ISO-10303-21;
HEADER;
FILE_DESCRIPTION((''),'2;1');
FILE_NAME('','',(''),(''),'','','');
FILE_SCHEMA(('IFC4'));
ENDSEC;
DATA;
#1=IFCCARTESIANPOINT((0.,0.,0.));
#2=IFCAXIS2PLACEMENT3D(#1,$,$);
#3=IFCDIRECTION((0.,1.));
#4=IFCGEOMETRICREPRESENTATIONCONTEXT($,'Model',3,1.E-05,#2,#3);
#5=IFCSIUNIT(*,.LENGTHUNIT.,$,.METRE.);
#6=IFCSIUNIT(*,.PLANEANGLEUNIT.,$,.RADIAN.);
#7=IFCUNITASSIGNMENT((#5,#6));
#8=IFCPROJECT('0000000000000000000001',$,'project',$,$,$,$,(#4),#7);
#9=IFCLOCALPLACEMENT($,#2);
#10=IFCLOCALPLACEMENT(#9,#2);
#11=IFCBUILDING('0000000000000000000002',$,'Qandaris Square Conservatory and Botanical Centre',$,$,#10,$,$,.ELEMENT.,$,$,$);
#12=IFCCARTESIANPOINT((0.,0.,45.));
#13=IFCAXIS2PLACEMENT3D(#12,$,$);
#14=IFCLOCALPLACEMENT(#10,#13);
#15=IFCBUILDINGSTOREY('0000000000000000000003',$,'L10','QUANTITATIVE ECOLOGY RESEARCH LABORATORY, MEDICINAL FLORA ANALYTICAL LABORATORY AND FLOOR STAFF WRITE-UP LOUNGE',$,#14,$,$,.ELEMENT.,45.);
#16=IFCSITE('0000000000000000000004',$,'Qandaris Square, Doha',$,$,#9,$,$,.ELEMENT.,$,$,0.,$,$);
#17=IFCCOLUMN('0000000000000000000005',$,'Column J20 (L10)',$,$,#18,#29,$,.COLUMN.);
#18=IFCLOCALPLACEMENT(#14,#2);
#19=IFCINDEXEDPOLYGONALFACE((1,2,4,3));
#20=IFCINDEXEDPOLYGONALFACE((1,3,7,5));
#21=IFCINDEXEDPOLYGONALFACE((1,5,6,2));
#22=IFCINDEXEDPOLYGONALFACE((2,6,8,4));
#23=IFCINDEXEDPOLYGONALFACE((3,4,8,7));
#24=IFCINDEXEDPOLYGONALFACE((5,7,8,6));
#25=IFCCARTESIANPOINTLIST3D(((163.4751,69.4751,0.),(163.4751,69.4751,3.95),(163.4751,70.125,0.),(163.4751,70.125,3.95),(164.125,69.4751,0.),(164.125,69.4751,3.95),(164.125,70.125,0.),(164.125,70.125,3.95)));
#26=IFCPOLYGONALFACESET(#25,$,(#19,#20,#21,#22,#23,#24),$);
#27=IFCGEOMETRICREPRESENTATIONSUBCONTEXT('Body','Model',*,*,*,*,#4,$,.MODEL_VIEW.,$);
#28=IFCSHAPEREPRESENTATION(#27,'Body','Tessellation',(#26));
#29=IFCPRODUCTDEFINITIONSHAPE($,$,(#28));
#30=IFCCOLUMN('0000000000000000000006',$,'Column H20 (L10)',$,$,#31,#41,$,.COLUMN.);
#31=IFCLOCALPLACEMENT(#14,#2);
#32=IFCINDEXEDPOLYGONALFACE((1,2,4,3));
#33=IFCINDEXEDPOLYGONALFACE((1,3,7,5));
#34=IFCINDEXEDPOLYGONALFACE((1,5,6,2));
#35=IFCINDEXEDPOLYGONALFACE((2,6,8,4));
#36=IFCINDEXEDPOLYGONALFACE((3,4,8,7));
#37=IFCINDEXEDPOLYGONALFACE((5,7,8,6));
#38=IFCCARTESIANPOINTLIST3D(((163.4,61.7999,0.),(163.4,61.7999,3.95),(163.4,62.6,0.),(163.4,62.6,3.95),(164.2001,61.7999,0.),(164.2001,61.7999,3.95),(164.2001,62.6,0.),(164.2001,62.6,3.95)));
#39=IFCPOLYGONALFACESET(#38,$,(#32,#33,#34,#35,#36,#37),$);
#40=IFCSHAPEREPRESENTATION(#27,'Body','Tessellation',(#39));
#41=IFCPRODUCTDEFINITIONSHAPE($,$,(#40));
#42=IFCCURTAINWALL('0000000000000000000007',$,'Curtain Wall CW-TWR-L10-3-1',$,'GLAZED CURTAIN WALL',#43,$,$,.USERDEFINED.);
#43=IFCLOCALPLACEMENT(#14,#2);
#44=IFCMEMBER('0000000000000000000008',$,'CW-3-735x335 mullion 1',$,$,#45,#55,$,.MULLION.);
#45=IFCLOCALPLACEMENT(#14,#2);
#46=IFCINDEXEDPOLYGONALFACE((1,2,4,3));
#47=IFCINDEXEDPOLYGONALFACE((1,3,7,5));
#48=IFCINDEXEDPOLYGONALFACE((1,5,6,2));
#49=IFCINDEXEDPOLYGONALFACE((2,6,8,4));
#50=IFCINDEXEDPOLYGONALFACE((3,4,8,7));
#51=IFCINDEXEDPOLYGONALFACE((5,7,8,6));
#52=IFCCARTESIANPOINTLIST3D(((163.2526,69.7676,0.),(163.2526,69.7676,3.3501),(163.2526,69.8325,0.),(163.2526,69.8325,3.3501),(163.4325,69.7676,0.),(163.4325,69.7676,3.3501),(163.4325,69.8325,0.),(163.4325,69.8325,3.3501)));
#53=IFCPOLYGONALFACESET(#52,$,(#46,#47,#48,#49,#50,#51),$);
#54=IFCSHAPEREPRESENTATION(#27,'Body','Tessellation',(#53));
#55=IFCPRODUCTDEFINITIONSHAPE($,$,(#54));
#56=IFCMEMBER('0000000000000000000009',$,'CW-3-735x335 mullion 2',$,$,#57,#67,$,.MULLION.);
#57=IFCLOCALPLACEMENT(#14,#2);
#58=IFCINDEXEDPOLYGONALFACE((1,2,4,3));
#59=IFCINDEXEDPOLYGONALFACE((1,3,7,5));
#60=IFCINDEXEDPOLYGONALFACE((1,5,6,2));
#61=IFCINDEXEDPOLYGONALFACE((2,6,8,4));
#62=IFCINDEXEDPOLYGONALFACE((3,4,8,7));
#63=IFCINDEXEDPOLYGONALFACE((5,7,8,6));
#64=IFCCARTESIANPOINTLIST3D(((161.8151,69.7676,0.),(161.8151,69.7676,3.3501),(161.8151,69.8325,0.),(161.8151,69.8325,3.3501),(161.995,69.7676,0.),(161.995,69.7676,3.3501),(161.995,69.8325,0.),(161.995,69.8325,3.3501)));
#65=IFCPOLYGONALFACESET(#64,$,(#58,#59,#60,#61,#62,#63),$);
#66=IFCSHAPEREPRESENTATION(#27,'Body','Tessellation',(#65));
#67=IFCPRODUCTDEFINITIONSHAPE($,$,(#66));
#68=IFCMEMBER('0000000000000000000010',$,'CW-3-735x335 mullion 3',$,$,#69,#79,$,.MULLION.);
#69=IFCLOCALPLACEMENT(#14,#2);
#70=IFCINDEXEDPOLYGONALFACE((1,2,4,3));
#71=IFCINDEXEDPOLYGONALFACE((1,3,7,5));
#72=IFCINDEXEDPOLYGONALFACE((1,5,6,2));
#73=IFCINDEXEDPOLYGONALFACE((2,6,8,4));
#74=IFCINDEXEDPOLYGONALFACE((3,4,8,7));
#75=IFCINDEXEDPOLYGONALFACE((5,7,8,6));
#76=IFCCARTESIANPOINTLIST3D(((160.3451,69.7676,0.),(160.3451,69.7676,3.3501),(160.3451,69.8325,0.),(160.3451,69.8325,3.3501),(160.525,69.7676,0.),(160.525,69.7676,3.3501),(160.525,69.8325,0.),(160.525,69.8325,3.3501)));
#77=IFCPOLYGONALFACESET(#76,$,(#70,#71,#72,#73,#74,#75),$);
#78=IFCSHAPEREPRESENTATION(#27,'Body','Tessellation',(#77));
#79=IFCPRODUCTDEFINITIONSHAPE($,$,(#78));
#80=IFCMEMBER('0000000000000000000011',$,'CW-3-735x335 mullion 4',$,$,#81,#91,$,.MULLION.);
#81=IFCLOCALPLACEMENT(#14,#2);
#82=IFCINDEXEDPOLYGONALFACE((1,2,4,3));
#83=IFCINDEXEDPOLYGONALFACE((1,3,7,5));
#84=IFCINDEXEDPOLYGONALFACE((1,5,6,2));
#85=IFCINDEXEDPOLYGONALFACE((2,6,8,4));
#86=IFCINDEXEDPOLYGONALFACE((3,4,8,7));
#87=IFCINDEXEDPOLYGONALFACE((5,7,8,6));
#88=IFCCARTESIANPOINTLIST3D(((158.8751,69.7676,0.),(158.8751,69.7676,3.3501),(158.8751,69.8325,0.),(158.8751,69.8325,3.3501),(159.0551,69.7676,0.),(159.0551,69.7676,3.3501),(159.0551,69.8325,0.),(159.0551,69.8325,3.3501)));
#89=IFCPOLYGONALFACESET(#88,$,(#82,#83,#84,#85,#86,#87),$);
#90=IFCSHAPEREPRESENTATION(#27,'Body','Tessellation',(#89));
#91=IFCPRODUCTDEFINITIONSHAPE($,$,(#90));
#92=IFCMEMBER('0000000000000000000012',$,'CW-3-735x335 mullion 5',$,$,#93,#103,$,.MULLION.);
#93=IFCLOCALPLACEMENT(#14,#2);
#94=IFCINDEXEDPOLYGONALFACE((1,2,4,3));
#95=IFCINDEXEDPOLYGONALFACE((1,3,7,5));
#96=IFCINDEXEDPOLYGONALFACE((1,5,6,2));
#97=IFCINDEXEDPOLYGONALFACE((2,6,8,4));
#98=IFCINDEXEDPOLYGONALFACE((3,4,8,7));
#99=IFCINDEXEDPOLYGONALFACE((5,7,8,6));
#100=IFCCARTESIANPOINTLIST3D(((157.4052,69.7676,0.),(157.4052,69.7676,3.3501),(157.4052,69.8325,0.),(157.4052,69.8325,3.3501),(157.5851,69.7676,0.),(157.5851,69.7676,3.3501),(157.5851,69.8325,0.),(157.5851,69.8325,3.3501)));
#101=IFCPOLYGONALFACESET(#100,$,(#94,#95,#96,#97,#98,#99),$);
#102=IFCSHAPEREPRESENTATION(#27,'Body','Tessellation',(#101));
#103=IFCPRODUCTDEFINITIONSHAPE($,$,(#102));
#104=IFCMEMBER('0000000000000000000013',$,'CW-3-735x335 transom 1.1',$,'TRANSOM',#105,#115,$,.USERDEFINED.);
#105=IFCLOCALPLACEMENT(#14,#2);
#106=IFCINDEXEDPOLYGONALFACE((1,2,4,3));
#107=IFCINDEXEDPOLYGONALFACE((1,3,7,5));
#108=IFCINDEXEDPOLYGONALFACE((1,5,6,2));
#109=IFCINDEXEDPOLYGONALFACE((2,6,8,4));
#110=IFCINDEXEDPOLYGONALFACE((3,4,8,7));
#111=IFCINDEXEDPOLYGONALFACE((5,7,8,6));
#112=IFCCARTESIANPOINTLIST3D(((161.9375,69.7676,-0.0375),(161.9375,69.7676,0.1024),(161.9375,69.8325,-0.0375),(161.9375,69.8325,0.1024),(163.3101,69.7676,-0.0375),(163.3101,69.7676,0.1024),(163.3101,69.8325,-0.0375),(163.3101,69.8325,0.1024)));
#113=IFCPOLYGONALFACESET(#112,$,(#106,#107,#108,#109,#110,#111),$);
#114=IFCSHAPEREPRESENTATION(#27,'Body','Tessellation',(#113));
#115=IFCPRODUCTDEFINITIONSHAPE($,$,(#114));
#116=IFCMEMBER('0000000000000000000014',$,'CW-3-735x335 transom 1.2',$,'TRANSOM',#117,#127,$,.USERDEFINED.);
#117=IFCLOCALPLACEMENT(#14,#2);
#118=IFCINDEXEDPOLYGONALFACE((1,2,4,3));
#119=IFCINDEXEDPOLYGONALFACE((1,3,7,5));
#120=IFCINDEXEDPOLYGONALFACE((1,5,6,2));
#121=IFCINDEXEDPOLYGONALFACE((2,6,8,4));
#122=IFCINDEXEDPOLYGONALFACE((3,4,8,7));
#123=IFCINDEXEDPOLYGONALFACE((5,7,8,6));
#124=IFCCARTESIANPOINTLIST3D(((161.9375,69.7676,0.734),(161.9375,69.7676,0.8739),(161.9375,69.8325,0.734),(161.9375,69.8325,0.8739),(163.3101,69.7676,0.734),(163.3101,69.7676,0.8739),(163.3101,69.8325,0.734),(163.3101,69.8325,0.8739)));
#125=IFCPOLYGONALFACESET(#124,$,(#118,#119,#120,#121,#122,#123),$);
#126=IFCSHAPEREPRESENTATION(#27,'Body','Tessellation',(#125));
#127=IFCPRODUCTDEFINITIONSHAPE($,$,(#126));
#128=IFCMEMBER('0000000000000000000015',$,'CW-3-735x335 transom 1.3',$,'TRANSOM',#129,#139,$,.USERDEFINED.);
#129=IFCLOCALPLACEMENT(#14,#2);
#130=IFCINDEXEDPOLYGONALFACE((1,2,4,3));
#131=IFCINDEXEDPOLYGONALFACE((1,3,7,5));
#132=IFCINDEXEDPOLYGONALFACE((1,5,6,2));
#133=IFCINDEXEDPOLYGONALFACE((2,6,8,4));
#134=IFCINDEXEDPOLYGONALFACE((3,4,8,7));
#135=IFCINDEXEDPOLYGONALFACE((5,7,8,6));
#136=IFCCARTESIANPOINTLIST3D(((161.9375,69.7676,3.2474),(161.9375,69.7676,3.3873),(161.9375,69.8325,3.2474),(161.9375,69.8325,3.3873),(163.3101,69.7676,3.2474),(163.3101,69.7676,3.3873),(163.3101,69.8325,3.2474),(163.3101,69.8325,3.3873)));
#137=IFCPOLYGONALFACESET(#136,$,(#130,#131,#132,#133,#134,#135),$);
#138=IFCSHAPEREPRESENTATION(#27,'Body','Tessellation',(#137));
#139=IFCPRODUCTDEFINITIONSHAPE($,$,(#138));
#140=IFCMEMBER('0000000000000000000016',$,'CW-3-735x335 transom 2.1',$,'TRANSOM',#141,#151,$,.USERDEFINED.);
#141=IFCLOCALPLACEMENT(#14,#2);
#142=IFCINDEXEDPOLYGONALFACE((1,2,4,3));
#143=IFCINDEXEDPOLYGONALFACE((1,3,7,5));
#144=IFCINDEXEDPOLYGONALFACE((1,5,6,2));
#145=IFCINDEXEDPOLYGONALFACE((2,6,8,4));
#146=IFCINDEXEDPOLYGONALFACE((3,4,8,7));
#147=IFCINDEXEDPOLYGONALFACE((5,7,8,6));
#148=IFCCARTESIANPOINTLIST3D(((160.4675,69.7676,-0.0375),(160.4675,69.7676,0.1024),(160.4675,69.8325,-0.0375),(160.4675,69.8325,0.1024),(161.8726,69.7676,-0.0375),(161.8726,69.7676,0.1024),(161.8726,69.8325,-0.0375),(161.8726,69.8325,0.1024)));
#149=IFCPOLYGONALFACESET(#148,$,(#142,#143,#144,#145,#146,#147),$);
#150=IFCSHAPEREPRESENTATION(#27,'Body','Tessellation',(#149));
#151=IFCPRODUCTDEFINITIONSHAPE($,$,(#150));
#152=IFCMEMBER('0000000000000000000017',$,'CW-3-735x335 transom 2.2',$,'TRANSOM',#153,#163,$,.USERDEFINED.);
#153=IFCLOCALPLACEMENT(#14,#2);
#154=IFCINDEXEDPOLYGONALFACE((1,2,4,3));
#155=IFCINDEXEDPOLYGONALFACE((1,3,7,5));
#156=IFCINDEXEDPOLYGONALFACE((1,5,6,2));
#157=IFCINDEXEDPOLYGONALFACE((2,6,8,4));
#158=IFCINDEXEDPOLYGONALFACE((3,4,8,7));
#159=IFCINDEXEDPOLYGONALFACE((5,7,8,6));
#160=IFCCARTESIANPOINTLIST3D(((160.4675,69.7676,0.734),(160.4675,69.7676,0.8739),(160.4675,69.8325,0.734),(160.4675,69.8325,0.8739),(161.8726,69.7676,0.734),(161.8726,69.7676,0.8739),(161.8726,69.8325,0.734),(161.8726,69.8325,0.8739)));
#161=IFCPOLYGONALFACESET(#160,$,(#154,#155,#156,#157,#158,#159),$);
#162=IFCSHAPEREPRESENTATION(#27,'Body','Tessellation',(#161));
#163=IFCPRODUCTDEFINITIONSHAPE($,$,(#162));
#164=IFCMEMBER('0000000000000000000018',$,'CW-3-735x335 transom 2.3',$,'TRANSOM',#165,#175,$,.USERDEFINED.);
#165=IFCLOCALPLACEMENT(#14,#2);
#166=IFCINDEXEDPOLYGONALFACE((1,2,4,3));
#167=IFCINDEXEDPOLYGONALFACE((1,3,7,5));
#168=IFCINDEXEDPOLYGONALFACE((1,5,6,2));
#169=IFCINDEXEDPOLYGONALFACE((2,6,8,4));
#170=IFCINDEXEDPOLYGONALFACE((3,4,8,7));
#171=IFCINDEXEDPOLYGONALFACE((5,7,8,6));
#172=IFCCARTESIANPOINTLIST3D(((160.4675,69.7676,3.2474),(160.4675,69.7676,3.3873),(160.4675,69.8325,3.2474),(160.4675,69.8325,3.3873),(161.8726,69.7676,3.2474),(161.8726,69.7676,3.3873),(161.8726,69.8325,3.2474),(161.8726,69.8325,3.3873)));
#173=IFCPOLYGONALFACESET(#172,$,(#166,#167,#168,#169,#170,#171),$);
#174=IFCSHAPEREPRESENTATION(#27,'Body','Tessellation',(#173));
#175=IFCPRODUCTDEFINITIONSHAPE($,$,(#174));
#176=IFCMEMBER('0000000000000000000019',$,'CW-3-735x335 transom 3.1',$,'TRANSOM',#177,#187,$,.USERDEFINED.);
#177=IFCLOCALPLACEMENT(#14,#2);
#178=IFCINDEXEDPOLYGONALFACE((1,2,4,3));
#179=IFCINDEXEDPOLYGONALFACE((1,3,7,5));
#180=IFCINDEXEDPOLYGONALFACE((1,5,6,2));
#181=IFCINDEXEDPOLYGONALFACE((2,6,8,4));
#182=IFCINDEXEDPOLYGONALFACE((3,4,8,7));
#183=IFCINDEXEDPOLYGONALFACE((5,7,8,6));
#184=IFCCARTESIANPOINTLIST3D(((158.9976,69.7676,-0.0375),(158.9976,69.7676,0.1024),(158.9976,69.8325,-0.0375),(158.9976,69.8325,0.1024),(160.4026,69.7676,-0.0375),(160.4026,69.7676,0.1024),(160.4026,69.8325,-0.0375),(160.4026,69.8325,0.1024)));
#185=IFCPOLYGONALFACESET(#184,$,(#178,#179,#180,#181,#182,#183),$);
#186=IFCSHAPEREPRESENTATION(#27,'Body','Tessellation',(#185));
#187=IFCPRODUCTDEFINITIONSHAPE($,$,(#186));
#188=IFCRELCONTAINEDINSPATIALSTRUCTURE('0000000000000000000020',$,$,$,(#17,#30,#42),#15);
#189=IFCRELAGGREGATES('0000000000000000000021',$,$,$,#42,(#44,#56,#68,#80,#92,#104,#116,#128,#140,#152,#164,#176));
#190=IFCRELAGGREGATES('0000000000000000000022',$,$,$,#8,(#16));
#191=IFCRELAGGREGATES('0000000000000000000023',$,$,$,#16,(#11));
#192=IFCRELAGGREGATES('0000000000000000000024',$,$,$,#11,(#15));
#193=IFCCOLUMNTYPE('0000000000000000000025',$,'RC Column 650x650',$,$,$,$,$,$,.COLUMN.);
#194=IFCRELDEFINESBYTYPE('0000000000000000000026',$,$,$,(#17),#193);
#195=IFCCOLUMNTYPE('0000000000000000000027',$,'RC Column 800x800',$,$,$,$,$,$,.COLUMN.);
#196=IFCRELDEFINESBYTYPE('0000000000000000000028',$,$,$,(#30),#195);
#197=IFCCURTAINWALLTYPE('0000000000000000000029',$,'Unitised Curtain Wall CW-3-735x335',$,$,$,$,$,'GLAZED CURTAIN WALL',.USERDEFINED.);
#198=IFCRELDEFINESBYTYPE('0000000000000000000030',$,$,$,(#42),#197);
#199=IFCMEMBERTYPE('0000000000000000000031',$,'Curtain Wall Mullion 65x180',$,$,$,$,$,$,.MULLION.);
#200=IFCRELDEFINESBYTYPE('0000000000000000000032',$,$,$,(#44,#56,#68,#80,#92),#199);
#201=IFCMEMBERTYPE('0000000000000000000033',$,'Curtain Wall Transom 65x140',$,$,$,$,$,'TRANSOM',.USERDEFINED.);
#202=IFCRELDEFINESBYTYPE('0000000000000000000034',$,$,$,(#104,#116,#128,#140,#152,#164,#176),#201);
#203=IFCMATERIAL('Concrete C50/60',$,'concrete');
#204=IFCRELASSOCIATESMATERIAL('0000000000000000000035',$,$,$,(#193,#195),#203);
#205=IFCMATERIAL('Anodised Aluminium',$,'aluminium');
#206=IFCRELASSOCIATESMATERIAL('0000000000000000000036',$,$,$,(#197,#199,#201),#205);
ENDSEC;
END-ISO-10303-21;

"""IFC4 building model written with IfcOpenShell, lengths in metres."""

from ifc_helpers import new_model, si_unit, direction, frame, origin, origin_2d, place, context, subcontext, project, spatial, rectangle, extrude, material, material_profile, profile_set, type_object, element, aggregate, save


model = new_model("IFC4")

# Units and contexts
model_context = context("Model", 3, precision=1e-05, world=origin(), true_north=direction((0.0, 1.0)))
body_context = subcontext(model_context, "Body", "Model", "MODEL_VIEW")
ifc_project = project(units=[si_unit("LENGTHUNIT", "METRE"), si_unit("PLANEANGLEUNIT", "RADIAN")], contexts=[model_context])

# Site, building, storey
site_placement = place(None, origin())
site = spatial("IfcSite", under=ifc_project, at=site_placement, Name="Qandaris Square, Doha", CompositionType="ELEMENT", RefElevation=0.0)
building_placement = place(site_placement, origin())
building = spatial("IfcBuilding", under=site, at=building_placement, Name="Qandaris Square Conservatory and Botanical Centre", CompositionType="ELEMENT")
storey_placement = place(building_placement, frame((0.0, 0.0, 45.0)))
storey = spatial("IfcBuildingStorey", under=building, at=storey_placement, Name="L10", Description="QUANTITATIVE ECOLOGY RESEARCH LABORATORY, MEDICINAL FLORA ANALYTICAL LABORATORY AND FLOOR STAFF WRITE-UP LOUNGE", CompositionType="ELEMENT", Elevation=45.0)

# Columns
ifc_material_1 = material(Name="Concrete C50/60", Category="concrete")
ifc_material_profile_1 = material_profile(ifc_material_1, rectangle(XDim=0.6499, YDim=0.6499, at=origin_2d()), Name="RC-COL 650x650")
ifc_profile_set_1 = profile_set([ifc_material_profile_1], Name="Concrete C50/60")
column_type_1 = type_object("IfcColumnType", Name="RC Column 650x650", PredefinedType="COLUMN", material=ifc_profile_set_1)
column_1_placement = place(storey_placement, frame((163.8, 69.8, 0.0), z_axis=(0.0, 0.0, 1.0), x_axis=(1.0, 0.0, 0.0)))
element("IfcColumn", 1, at=column_1_placement, inside=storey, type_object=column_type_1, Name="Column J20 (L10)", PredefinedType="COLUMN", context=body_context, shape_type="SweptSolid", body=[
    extrude(rectangle(XDim=0.6499, YDim=0.6499, at=origin_2d()), origin(), (0.0, 0.0, 1.0), 3.95),
])
ifc_material_profile_2 = material_profile(ifc_material_1, rectangle(XDim=0.8, YDim=0.8, at=origin_2d()), Name="RC-COL 800x800")
ifc_profile_set_2 = profile_set([ifc_material_profile_2], Name="Concrete C50/60")
column_type_2 = type_object("IfcColumnType", Name="RC Column 800x800", PredefinedType="COLUMN", material=ifc_profile_set_2)
column_2_placement = place(storey_placement, frame((163.8, 62.2, 0.0), z_axis=(0.0, 0.0, 1.0), x_axis=(1.0, 0.0, 0.0)))
element("IfcColumn", 2, at=column_2_placement, inside=storey, type_object=column_type_2, Name="Column H20 (L10)", PredefinedType="COLUMN", context=body_context, shape_type="SweptSolid", body=[
    extrude(rectangle(XDim=0.8, YDim=0.8, at=origin_2d()), origin(), (0.0, 0.0, 1.0), 3.95),
])

# Curtain wall, members
ifc_material_2 = material(Name="Anodised Aluminium", Category="aluminium")
curtain_wall_type = type_object("IfcCurtainWallType", Name="Unitised Curtain Wall CW-3-735x335", ElementType="GLAZED CURTAIN WALL", PredefinedType="USERDEFINED", material=ifc_material_2)
curtain_wall_placement = place(storey_placement, origin())
curtain_wall = element("IfcCurtainWall", 3, at=curtain_wall_placement, inside=storey, type_object=curtain_wall_type, Name="Curtain Wall CW-TWR-L10-3-1", ObjectType="GLAZED CURTAIN WALL", PredefinedType="USERDEFINED")
ifc_material_profile_3 = material_profile(ifc_material_2, rectangle(XDim=0.0649, YDim=0.1799, at=origin_2d()), Name="ALU-MUL 65x180")
ifc_profile_set_3 = profile_set([ifc_material_profile_3], Name="Anodised Aluminium")
member_type_1 = type_object("IfcMemberType", Name="Curtain Wall Mullion 65x180", PredefinedType="MULLION", material=ifc_profile_set_3)
member_1_placement = place(storey_placement, frame((163.3425, 69.8, 0.0), z_axis=(0.0, 0.0, 1.0), x_axis=(0.0, -1.0, 0.0)))
member_1 = element("IfcMember", 4, at=member_1_placement, type_object=member_type_1, Name="CW-3-735x335 mullion 1", PredefinedType="MULLION", context=body_context, shape_type="SweptSolid", body=[
    extrude(rectangle(XDim=0.0649, YDim=0.1799, at=origin_2d()), origin(), (0.0, 0.0, 1.0), 3.3501),
])
member_2_placement = place(storey_placement, frame((161.905, 69.8, 0.0), z_axis=(0.0, 0.0, 1.0), x_axis=(0.0, -1.0, 0.0)))
member_2 = element("IfcMember", 5, at=member_2_placement, type_object=member_type_1, Name="CW-3-735x335 mullion 2", PredefinedType="MULLION", context=body_context, shape_type="SweptSolid", body=[
    extrude(rectangle(XDim=0.0649, YDim=0.1799, at=origin_2d()), origin(), (0.0, 0.0, 1.0), 3.3501),
])
member_3_placement = place(storey_placement, frame((160.4351, 69.8, 0.0), z_axis=(0.0, 0.0, 1.0), x_axis=(0.0, -1.0, 0.0)))
member_3 = element("IfcMember", 6, at=member_3_placement, type_object=member_type_1, Name="CW-3-735x335 mullion 3", PredefinedType="MULLION", context=body_context, shape_type="SweptSolid", body=[
    extrude(rectangle(XDim=0.0649, YDim=0.1799, at=origin_2d()), origin(), (0.0, 0.0, 1.0), 3.3501),
])
member_4_placement = place(storey_placement, frame((158.9651, 69.8, 0.0), z_axis=(0.0, 0.0, 1.0), x_axis=(0.0, -1.0, 0.0)))
member_4 = element("IfcMember", 7, at=member_4_placement, type_object=member_type_1, Name="CW-3-735x335 mullion 4", PredefinedType="MULLION", context=body_context, shape_type="SweptSolid", body=[
    extrude(rectangle(XDim=0.0649, YDim=0.1799, at=origin_2d()), origin(), (0.0, 0.0, 1.0), 3.3501),
])
member_5_placement = place(storey_placement, frame((157.4951, 69.8, 0.0), z_axis=(0.0, 0.0, 1.0), x_axis=(0.0, -1.0, 0.0)))
member_5 = element("IfcMember", 8, at=member_5_placement, type_object=member_type_1, Name="CW-3-735x335 mullion 5", PredefinedType="MULLION", context=body_context, shape_type="SweptSolid", body=[
    extrude(rectangle(XDim=0.0649, YDim=0.1799, at=origin_2d()), origin(), (0.0, 0.0, 1.0), 3.3501),
])
ifc_material_profile_4 = material_profile(ifc_material_2, rectangle(XDim=0.0649, YDim=0.1399, at=origin_2d()), Name="ALU-TRN 65x140")
ifc_profile_set_4 = profile_set([ifc_material_profile_4], Name="Anodised Aluminium")
member_type_2 = type_object("IfcMemberType", Name="Curtain Wall Transom 65x140", ElementType="TRANSOM", PredefinedType="USERDEFINED", material=ifc_profile_set_4)
member_6_placement = place(storey_placement, frame((163.3101, 69.8, 0.0325), z_axis=(-1.0, 0.0, 0.0), x_axis=(0.0, -1.0, 0.0)))
member_6 = element("IfcMember", 9, at=member_6_placement, type_object=member_type_2, Name="CW-3-735x335 transom 1.1", ObjectType="TRANSOM", PredefinedType="USERDEFINED", context=body_context, shape_type="SweptSolid", body=[
    extrude(rectangle(XDim=0.0649, YDim=0.1399, at=origin_2d()), origin(), (0.0, 0.0, 1.0), 1.3726),
])
member_7_placement = place(storey_placement, frame((163.3101, 69.8, 0.804), z_axis=(-1.0, 0.0, 0.0), x_axis=(0.0, -1.0, 0.0)))
member_7 = element("IfcMember", 10, at=member_7_placement, type_object=member_type_2, Name="CW-3-735x335 transom 1.2", ObjectType="TRANSOM", PredefinedType="USERDEFINED", context=body_context, shape_type="SweptSolid", body=[
    extrude(rectangle(XDim=0.0649, YDim=0.1399, at=origin_2d()), origin(), (0.0, 0.0, 1.0), 1.3726),
])
member_8_placement = place(storey_placement, frame((163.3101, 69.8, 3.3174), z_axis=(-1.0, 0.0, 0.0), x_axis=(0.0, -1.0, 0.0)))
member_8 = element("IfcMember", 11, at=member_8_placement, type_object=member_type_2, Name="CW-3-735x335 transom 1.3", ObjectType="TRANSOM", PredefinedType="USERDEFINED", context=body_context, shape_type="SweptSolid", body=[
    extrude(rectangle(XDim=0.0649, YDim=0.1399, at=origin_2d()), origin(), (0.0, 0.0, 1.0), 1.3726),
])
member_9_placement = place(storey_placement, frame((161.8726, 69.8, 0.0325), z_axis=(-1.0, 0.0, 0.0), x_axis=(0.0, -1.0, 0.0)))
member_9 = element("IfcMember", 12, at=member_9_placement, type_object=member_type_2, Name="CW-3-735x335 transom 2.1", ObjectType="TRANSOM", PredefinedType="USERDEFINED", context=body_context, shape_type="SweptSolid", body=[
    extrude(rectangle(XDim=0.0649, YDim=0.1399, at=origin_2d()), origin(), (0.0, 0.0, 1.0), 1.405),
])
member_10_placement = place(storey_placement, frame((161.8726, 69.8, 0.804), z_axis=(-1.0, 0.0, 0.0), x_axis=(0.0, -1.0, 0.0)))
member_10 = element("IfcMember", 13, at=member_10_placement, type_object=member_type_2, Name="CW-3-735x335 transom 2.2", ObjectType="TRANSOM", PredefinedType="USERDEFINED", context=body_context, shape_type="SweptSolid", body=[
    extrude(rectangle(XDim=0.0649, YDim=0.1399, at=origin_2d()), origin(), (0.0, 0.0, 1.0), 1.405),
])
member_11_placement = place(storey_placement, frame((161.8726, 69.8, 3.3174), z_axis=(-1.0, 0.0, 0.0), x_axis=(0.0, -1.0, 0.0)))
member_11 = element("IfcMember", 14, at=member_11_placement, type_object=member_type_2, Name="CW-3-735x335 transom 2.3", ObjectType="TRANSOM", PredefinedType="USERDEFINED", context=body_context, shape_type="SweptSolid", body=[
    extrude(rectangle(XDim=0.0649, YDim=0.1399, at=origin_2d()), origin(), (0.0, 0.0, 1.0), 1.405),
])
member_12_placement = place(storey_placement, frame((160.4026, 69.8, 0.0325), z_axis=(-1.0, 0.0, 0.0), x_axis=(0.0, -1.0, 0.0)))
member_12 = element("IfcMember", 15, at=member_12_placement, type_object=member_type_2, Name="CW-3-735x335 transom 3.1", ObjectType="TRANSOM", PredefinedType="USERDEFINED", context=body_context, shape_type="SweptSolid", body=[
    extrude(rectangle(XDim=0.0649, YDim=0.1399, at=origin_2d()), origin(), (0.0, 0.0, 1.0), 1.405),
])

aggregate(curtain_wall, [member_1, member_2, member_3, member_4, member_5, member_6, member_7, member_8, member_9, member_10, member_11, member_12])

save(model, "model.ifc")
